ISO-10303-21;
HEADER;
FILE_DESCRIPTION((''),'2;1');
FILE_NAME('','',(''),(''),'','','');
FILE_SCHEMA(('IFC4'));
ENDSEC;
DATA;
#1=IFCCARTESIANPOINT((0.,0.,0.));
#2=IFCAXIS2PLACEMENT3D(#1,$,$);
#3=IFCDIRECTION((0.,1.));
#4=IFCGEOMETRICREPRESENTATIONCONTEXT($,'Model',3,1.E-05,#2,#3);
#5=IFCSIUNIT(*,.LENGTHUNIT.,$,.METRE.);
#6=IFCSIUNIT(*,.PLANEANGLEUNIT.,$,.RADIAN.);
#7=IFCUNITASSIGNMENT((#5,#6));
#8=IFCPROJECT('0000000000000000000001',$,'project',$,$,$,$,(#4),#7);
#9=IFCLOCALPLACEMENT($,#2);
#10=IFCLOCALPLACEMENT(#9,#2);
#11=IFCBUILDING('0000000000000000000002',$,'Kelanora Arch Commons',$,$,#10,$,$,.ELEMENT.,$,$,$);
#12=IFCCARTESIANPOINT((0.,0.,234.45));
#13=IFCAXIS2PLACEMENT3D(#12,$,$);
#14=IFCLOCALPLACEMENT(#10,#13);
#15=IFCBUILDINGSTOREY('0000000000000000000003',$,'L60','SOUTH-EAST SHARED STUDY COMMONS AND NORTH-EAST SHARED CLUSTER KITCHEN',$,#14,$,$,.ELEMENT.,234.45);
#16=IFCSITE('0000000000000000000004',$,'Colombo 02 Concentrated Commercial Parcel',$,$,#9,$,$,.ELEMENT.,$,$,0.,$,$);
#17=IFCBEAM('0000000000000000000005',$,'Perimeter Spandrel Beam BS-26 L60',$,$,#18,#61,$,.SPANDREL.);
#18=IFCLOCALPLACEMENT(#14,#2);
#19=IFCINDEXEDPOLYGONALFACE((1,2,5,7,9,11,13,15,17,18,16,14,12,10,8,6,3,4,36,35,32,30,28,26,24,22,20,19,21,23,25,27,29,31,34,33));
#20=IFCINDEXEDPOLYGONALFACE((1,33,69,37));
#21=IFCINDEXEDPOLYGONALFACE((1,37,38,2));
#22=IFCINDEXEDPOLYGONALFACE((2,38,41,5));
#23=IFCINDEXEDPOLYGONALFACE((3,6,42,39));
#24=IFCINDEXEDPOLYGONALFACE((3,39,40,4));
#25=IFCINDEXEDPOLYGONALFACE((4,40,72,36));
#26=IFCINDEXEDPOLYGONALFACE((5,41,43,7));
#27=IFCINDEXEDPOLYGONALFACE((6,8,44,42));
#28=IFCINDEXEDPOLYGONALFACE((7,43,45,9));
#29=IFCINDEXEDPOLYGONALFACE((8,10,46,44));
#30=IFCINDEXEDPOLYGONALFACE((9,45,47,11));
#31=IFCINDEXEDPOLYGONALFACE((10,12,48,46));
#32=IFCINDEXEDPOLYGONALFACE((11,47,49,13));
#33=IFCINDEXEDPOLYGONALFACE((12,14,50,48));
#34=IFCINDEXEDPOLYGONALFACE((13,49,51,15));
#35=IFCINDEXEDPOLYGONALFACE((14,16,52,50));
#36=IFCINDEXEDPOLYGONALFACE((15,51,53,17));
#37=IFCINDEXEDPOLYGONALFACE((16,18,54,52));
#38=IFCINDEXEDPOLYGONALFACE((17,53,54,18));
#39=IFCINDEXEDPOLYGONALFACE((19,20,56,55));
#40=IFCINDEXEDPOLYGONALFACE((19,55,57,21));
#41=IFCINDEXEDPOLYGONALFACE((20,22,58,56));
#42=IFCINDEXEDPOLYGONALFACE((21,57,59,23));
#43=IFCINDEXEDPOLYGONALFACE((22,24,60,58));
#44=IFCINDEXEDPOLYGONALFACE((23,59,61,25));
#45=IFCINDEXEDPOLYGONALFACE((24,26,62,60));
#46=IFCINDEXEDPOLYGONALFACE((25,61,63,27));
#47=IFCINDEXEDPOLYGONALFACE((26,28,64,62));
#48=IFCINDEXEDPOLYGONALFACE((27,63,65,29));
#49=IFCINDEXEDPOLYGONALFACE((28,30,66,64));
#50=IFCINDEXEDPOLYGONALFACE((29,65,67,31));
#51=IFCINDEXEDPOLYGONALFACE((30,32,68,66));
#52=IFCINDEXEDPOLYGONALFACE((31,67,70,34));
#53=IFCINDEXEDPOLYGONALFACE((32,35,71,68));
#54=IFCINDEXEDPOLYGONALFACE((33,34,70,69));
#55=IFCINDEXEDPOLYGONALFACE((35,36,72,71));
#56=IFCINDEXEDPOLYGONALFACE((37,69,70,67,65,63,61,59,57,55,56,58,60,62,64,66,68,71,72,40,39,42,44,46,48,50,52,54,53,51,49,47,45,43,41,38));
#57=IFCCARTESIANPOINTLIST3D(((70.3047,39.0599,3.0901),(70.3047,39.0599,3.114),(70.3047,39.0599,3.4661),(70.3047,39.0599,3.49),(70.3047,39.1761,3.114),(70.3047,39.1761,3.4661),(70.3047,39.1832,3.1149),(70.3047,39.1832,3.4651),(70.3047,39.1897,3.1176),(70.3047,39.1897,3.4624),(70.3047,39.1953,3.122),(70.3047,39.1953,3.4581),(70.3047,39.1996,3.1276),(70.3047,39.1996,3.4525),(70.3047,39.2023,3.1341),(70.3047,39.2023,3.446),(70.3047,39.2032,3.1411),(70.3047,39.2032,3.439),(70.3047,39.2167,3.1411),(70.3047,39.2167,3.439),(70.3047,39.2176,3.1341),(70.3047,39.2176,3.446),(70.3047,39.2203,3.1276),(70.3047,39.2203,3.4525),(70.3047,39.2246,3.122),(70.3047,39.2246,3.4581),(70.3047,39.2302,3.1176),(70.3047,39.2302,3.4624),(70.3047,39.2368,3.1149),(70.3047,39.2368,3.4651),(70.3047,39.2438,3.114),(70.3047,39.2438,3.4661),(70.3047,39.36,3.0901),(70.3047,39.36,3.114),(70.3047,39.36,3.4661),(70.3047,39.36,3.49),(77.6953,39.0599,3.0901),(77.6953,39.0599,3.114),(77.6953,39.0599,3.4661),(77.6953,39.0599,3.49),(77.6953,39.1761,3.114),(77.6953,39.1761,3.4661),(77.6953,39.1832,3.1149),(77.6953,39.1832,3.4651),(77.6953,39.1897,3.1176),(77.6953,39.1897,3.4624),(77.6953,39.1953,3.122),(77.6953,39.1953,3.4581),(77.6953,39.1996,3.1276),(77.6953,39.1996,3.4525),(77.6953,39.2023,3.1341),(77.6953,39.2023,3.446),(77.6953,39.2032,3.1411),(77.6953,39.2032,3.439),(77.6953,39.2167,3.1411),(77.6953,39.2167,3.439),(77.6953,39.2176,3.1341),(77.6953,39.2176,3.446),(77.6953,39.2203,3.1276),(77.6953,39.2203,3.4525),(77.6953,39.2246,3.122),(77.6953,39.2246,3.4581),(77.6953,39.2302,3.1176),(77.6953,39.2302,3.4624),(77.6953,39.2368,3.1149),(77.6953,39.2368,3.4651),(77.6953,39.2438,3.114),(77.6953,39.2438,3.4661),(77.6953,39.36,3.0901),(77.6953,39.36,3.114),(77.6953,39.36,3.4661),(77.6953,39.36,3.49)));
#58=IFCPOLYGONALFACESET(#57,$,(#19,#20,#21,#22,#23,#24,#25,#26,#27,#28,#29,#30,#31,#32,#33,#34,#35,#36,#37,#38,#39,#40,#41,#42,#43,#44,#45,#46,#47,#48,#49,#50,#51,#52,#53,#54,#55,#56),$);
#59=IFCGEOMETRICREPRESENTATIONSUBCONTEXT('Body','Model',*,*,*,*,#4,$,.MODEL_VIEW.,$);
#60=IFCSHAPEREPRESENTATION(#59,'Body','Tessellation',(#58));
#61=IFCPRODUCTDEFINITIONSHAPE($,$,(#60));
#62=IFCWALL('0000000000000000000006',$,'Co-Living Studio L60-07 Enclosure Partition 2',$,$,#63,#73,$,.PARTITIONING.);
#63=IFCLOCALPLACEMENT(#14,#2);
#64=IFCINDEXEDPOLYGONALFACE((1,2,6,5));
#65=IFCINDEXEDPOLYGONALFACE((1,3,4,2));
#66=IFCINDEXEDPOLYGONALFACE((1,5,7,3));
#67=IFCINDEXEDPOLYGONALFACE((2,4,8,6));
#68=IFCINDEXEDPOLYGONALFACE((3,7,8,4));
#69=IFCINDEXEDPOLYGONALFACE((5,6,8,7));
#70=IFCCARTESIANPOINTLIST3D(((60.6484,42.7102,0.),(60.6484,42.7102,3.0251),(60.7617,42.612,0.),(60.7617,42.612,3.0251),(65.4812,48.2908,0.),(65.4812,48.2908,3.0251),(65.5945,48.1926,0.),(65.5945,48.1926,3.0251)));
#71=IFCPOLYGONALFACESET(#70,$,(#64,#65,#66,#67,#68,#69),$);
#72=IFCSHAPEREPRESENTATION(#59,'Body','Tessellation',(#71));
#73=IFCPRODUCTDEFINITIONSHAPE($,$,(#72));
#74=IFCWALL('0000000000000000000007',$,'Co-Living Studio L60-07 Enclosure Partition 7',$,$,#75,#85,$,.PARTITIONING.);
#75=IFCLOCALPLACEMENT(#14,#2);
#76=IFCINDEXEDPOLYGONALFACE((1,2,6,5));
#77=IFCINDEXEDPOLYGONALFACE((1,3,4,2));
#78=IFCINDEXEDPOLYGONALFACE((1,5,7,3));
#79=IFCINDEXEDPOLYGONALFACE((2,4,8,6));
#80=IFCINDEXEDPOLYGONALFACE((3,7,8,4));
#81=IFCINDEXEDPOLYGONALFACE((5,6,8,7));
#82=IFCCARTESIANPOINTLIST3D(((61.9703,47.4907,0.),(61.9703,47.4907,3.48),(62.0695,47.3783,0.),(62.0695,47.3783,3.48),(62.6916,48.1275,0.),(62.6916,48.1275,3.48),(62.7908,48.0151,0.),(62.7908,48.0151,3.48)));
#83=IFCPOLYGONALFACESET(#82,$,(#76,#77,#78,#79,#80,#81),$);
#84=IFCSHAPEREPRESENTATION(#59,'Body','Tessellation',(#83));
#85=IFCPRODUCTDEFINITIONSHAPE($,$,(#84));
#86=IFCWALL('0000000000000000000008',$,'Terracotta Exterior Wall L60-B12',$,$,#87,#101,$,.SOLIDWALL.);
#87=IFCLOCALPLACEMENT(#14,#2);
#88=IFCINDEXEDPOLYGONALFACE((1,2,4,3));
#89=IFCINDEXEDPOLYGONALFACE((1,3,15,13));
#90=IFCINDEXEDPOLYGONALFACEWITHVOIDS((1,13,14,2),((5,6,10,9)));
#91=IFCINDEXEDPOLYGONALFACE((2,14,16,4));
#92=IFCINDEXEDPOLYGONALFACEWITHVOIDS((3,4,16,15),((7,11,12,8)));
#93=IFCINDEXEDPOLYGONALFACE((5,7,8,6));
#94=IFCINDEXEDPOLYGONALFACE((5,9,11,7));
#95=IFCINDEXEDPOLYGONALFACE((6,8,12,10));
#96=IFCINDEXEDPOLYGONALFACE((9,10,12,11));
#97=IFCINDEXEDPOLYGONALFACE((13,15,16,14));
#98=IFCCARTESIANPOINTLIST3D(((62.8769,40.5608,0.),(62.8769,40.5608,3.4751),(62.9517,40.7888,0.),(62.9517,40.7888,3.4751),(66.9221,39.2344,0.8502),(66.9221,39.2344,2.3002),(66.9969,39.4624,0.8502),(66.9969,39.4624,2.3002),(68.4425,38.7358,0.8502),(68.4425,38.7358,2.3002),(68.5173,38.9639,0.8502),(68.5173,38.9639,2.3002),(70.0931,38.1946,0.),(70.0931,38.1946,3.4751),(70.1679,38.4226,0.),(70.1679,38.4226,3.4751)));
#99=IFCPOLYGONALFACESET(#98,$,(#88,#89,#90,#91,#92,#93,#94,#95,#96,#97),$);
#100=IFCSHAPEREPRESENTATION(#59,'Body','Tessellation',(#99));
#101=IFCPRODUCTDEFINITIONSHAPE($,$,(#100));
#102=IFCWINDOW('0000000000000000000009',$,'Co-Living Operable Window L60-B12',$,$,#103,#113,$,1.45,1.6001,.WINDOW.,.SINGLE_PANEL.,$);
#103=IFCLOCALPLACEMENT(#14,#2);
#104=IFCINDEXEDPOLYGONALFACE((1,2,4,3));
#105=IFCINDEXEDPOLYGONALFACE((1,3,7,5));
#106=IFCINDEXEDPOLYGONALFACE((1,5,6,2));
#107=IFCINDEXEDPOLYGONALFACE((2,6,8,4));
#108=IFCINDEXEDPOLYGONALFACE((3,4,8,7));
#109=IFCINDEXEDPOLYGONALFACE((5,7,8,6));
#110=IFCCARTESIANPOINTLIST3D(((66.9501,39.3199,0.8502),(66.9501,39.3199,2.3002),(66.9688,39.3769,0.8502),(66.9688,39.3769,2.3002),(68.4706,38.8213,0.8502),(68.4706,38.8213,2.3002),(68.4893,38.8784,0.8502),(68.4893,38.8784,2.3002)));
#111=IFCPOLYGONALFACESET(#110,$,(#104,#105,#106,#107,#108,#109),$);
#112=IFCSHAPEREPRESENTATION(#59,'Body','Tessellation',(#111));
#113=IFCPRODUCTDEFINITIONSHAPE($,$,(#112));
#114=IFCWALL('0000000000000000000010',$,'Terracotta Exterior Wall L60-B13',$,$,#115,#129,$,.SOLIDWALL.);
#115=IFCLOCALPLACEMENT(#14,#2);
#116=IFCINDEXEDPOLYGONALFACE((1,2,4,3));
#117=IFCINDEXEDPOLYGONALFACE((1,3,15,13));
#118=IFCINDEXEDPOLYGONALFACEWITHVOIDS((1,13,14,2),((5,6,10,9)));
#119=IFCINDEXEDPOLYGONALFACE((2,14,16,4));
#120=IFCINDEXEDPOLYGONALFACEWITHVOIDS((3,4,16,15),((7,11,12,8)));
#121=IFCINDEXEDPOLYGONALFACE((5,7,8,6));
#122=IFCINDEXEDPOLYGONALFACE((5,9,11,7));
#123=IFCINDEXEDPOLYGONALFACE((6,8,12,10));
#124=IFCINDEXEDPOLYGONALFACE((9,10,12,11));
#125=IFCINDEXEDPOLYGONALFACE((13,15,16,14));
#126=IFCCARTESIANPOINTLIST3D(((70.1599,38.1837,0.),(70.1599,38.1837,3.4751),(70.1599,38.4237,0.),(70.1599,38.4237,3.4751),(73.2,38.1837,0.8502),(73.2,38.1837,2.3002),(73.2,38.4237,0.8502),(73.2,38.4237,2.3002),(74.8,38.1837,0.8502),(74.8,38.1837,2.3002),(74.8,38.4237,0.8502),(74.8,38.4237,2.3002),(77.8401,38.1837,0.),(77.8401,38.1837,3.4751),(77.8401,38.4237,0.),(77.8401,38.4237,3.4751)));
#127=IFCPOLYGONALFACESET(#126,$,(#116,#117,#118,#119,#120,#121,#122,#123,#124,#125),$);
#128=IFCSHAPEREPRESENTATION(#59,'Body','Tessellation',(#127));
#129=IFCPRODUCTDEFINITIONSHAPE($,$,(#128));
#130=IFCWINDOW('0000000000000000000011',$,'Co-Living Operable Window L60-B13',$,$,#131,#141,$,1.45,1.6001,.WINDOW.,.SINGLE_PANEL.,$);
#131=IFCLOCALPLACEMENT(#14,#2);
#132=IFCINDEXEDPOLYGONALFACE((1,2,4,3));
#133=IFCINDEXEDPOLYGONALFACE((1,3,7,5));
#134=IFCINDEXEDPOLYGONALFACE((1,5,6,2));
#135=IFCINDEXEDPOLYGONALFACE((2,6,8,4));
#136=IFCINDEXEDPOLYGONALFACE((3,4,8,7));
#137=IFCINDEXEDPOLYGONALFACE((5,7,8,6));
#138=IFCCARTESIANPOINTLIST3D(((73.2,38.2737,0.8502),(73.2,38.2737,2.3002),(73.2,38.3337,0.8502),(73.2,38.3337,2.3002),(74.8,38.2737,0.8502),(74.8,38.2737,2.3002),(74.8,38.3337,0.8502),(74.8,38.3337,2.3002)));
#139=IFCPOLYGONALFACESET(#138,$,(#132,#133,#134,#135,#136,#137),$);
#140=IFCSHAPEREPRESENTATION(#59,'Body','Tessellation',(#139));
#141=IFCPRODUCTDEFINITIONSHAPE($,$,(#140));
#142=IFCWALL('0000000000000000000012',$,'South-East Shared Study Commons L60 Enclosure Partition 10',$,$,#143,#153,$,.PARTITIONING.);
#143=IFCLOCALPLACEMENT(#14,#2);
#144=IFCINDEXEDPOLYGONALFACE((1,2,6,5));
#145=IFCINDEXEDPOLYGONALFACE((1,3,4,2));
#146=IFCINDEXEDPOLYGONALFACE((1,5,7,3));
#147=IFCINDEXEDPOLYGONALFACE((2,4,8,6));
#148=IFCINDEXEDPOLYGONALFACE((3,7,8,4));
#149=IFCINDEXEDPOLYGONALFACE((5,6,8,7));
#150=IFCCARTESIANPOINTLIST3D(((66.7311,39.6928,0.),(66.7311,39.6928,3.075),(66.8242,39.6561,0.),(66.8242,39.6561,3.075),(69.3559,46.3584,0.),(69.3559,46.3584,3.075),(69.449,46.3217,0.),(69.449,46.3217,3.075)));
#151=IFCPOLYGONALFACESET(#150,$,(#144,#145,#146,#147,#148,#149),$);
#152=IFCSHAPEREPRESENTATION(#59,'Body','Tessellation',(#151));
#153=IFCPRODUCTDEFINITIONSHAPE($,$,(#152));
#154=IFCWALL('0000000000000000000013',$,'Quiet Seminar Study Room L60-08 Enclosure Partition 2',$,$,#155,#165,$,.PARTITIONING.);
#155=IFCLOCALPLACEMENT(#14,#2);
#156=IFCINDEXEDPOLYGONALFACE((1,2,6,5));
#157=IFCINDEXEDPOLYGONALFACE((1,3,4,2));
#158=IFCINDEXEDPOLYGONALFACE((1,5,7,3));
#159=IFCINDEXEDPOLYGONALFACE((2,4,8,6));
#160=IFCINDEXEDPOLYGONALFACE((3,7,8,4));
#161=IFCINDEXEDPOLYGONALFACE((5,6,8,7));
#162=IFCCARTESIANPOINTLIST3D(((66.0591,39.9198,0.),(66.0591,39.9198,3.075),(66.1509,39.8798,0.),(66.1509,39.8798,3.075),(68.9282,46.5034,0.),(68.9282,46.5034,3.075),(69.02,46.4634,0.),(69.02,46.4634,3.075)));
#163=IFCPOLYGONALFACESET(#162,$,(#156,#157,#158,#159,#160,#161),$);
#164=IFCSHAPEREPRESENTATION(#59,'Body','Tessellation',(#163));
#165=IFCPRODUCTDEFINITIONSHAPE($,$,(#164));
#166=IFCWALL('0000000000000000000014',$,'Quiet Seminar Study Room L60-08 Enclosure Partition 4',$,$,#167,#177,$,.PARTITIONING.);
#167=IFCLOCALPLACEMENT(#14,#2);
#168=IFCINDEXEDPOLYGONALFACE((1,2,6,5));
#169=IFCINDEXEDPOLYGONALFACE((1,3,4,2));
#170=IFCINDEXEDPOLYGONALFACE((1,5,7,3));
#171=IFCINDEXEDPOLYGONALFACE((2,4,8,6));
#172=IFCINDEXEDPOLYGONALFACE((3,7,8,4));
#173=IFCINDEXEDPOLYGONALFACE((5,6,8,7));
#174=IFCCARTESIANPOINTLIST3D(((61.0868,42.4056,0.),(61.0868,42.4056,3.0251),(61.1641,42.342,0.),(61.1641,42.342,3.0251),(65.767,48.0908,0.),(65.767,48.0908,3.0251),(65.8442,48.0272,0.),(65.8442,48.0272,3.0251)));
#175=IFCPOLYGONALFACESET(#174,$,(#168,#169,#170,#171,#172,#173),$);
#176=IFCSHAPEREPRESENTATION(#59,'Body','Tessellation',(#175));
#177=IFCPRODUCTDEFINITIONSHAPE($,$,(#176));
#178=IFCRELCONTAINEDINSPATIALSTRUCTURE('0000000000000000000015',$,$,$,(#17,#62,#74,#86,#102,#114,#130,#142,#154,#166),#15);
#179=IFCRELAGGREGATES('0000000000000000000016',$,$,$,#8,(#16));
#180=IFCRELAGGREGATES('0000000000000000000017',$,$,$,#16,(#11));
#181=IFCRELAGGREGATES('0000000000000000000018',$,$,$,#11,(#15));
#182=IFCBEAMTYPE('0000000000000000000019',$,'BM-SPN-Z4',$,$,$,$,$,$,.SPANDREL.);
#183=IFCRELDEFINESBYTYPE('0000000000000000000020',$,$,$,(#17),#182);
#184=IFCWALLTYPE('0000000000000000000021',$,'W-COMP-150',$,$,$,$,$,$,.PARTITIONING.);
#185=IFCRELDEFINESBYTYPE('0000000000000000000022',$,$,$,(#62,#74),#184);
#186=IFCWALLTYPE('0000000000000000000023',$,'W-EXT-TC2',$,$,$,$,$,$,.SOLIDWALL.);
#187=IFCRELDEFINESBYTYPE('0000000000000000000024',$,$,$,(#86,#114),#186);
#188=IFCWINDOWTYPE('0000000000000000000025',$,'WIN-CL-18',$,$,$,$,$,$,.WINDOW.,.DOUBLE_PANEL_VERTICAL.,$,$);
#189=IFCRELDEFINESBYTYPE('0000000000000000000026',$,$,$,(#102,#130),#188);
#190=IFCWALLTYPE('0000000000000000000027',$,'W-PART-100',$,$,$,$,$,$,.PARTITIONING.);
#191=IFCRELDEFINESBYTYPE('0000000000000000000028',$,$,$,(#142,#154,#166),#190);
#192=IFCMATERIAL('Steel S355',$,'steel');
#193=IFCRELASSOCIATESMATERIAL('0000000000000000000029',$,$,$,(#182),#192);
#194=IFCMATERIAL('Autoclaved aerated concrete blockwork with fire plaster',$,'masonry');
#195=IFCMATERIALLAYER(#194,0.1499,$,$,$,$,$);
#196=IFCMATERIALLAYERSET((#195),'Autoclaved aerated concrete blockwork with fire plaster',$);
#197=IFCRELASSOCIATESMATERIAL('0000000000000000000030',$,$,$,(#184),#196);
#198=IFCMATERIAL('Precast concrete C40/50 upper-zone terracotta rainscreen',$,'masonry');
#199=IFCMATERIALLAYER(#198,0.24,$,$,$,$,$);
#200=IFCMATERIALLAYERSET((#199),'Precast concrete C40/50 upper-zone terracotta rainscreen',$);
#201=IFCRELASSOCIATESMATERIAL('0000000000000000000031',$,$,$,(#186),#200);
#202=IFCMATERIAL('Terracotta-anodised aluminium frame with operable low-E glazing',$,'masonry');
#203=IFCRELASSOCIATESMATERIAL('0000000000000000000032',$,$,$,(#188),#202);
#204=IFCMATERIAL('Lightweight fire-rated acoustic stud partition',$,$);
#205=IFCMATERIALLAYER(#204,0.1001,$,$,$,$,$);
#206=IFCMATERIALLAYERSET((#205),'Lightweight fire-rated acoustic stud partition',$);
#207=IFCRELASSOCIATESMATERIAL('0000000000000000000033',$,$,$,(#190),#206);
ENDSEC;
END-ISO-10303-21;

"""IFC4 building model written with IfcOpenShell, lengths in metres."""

from ifc_helpers import new_model, si_unit, direction, frame, frame_2d, origin, origin_2d, place, context, subcontext, project, spatial, rectangle, i_section, extrude, material, layer, layer_set, material_profile, profile_set, type_object, element, fill, save


model = new_model("IFC4")

# Units and contexts
model_context = context("Model", 3, precision=1e-05, world=origin(), true_north=direction((0.0, 1.0)))
body_context = subcontext(model_context, "Body", "Model", "MODEL_VIEW")
ifc_project = project(units=[si_unit("LENGTHUNIT", "METRE"), si_unit("PLANEANGLEUNIT", "RADIAN")], contexts=[model_context])

# Site, building, storey
site_placement = place(None, origin())
site = spatial("IfcSite", under=ifc_project, at=site_placement, Name="Colombo 02 Concentrated Commercial Parcel", CompositionType="ELEMENT", RefElevation=0.0)
building_placement = place(site_placement, origin())
building = spatial("IfcBuilding", under=site, at=building_placement, Name="Kelanora Arch Commons", CompositionType="ELEMENT")
storey_placement = place(building_placement, frame((0.0, 0.0, 234.45)))
storey = spatial("IfcBuildingStorey", under=building, at=storey_placement, Name="L60", Description="SOUTH-EAST SHARED STUDY COMMONS AND NORTH-EAST SHARED CLUSTER KITCHEN", CompositionType="ELEMENT", Elevation=234.45)

# Beam
ifc_material_1 = material(Name="Steel S355", Category="steel")
ifc_material_profile_1 = material_profile(ifc_material_1, i_section(OverallWidth=0.3, OverallDepth=0.3999, WebThickness=0.0134, FlangeThickness=0.0239, FilletRadius=0.0271, at=origin_2d()), Name="HEB400")
ifc_profile_set_1 = profile_set([ifc_material_profile_1], Name="Steel S355")
beam_type_1 = type_object("IfcBeamType", Name="BM-SPN-Z4", PredefinedType="SPANDREL", material=ifc_profile_set_1)
beam_1_placement = place(storey_placement, frame((70.3047, 39.21, 3.29), z_axis=(1.0, 0.0, 0.0), x_axis=(0.0, 1.0, 0.0)))
element("IfcBeam", 1, at=beam_1_placement, inside=storey, type_object=beam_type_1, Name="Perimeter Spandrel Beam BS-26 L60", PredefinedType="SPANDREL", context=body_context, shape_type="SweptSolid", body=[
    extrude(i_section(OverallWidth=0.3, OverallDepth=0.3999, WebThickness=0.0134, FlangeThickness=0.0239, FilletRadius=0.0271, at=origin_2d()), origin(), (0.0, 0.0, 1.0), 7.3906),
])

# Walls
ifc_material_2 = material(Name="Autoclaved aerated concrete blockwork with fire plaster", Category="masonry")
ifc_layer_1 = layer(ifc_material_2, 0.1499)
ifc_layer_set_1 = layer_set([ifc_layer_1], Name="Autoclaved aerated concrete blockwork with fire plaster")
wall_type_1 = type_object("IfcWallType", Name="W-COMP-150", PredefinedType="PARTITIONING", material=ifc_layer_set_1)
wall_1_placement = place(storey_placement, frame((65.5378, 48.2417, 0.0), z_axis=(0.0, 0.0, 1.0), x_axis=(-0.654642, -0.755939, 0.0)))
element("IfcWall", 2, at=wall_1_placement, inside=storey, type_object=wall_type_1, Name="Co-Living Studio L60-07 Enclosure Partition 2", PredefinedType="PARTITIONING", context=body_context, shape_type="SweptSolid", body=[
    extrude(rectangle(XDim=7.3823, YDim=0.1499, at=frame_2d((3.6912, 0.0))), origin(), (0.0, 0.0, 1.0), 3.0251),
])
wall_2_placement = place(storey_placement, frame((62.02, 47.4346, 0.0), z_axis=(0.0, 0.0, 1.0), x_axis=(0.749645, 0.66184, 0.0)))
element("IfcWall", 3, at=wall_2_placement, inside=storey, type_object=wall_type_1, Name="Co-Living Studio L60-07 Enclosure Partition 7", PredefinedType="PARTITIONING", context=body_context, shape_type="SweptSolid", body=[
    extrude(rectangle(XDim=0.9622, YDim=0.1499, at=frame_2d((0.481, 0.0))), origin(), (0.0, 0.0, 1.0), 3.48),
])

# Walls, openings, windows
ifc_material_3 = material(Name="Precast concrete C40/50 upper-zone terracotta rainscreen", Category="masonry")
ifc_layer_2 = layer(ifc_material_3, 0.24)
ifc_layer_set_2 = layer_set([ifc_layer_2], Name="Precast concrete C40/50 upper-zone terracotta rainscreen")
wall_type_2 = type_object("IfcWallType", Name="W-EXT-TC2", PredefinedType="SOLIDWALL", material=ifc_layer_set_2)
wall_3_placement = place(storey_placement, frame((62.9143, 40.6748, 0.0), z_axis=(0.0, 0.0, 1.0), x_axis=(0.950221, -0.311575, 0.0)))
wall_3 = element("IfcWall", 4, at=wall_3_placement, inside=storey, type_object=wall_type_2, Name="Terracotta Exterior Wall L60-B12", PredefinedType="SOLIDWALL", context=body_context, shape_type="SweptSolid", body=[
    extrude(rectangle(XDim=7.5942, YDim=0.24, at=frame_2d((3.7971, 0.0))), origin(), (0.0, 0.0, 1.0), 3.4751),
])
opening_1_placement = place(wall_3_placement, frame((4.2571, 0.0, 0.8501)))
opening_1 = element("IfcOpeningElement", 5, at=opening_1_placement, cuts=wall_3, PredefinedType="OPENING", context=body_context, shape_type="SweptSolid", body=[
    extrude(rectangle(XDim=1.6001, YDim=1.45, at=frame_2d((0.8, 0.7251))), frame((0.0, 0.1299, 0.0), z_axis=(0.0, -1.0, 0.0), x_axis=(1.0, 0.0, 0.0)), (0.0, 0.0, 1.0), 0.26),
])
ifc_material_4 = material(Name="Terracotta-anodised aluminium frame with operable low-E glazing", Category="masonry")
window_type = type_object("IfcWindowType", Name="WIN-CL-18", PartitioningType="DOUBLE_PANEL_VERTICAL", PredefinedType="WINDOW", material=ifc_material_4)
window_1_placement = place(opening_1_placement, origin())
window_1 = element("IfcWindow", 6, at=window_1_placement, inside=storey, type_object=window_type, Name="Co-Living Operable Window L60-B12", OverallHeight=1.45, OverallWidth=1.6001, PartitioningType="SINGLE_PANEL", PredefinedType="WINDOW", context=body_context, shape_type="SweptSolid", body=[
    extrude(rectangle(XDim=1.6001, YDim=1.45, at=frame_2d((0.8, 0.7251))), frame((0.0, 0.03, 0.0), z_axis=(0.0, -1.0, 0.0), x_axis=(1.0, 0.0, 0.0)), (0.0, 0.0, 1.0), 0.0601),
])
fill(opening_1, window_1)
wall_4_placement = place(storey_placement, frame((70.1599, 38.3037, 0.0), z_axis=(0.0, 0.0, 1.0), x_axis=(1.0, 0.0, 0.0)))
wall_4 = element("IfcWall", 7, at=wall_4_placement, inside=storey, type_object=wall_type_2, Name="Terracotta Exterior Wall L60-B13", PredefinedType="SOLIDWALL", context=body_context, shape_type="SweptSolid", body=[
    extrude(rectangle(XDim=7.6802, YDim=0.24, at=frame_2d((3.8401, 0.0))), origin(), (0.0, 0.0, 1.0), 3.4751),
])
opening_2_placement = place(wall_4_placement, frame((3.04, 0.0, 0.8501)))
opening_2 = element("IfcOpeningElement", 8, at=opening_2_placement, cuts=wall_4, PredefinedType="OPENING", context=body_context, shape_type="SweptSolid", body=[
    extrude(rectangle(XDim=1.6001, YDim=1.45, at=frame_2d((0.8, 0.7251))), frame((0.0, 0.1299, 0.0), z_axis=(0.0, -1.0, 0.0), x_axis=(1.0, 0.0, 0.0)), (0.0, 0.0, 1.0), 0.26),
])
window_2_placement = place(opening_2_placement, origin())
window_2 = element("IfcWindow", 9, at=window_2_placement, inside=storey, type_object=window_type, Name="Co-Living Operable Window L60-B13", OverallHeight=1.45, OverallWidth=1.6001, PartitioningType="SINGLE_PANEL", PredefinedType="WINDOW", context=body_context, shape_type="SweptSolid", body=[
    extrude(rectangle(XDim=1.6001, YDim=1.45, at=frame_2d((0.8, 0.7251))), frame((0.0, 0.03, 0.0), z_axis=(0.0, -1.0, 0.0), x_axis=(1.0, 0.0, 0.0)), (0.0, 0.0, 1.0), 0.0601),
])
fill(opening_2, window_2)

# Walls
ifc_material_5 = material(Name="Lightweight fire-rated acoustic stud partition")
ifc_layer_3 = layer(ifc_material_5, 0.1001)
ifc_layer_set_3 = layer_set([ifc_layer_3], Name="Lightweight fire-rated acoustic stud partition")
wall_type_3 = type_object("IfcWallType", Name="W-PART-100", PredefinedType="PARTITIONING", material=ifc_layer_set_3)
wall_5_placement = place(storey_placement, frame((66.7776, 39.6743, 0.0), z_axis=(0.0, 0.0, 1.0), x_axis=(0.366397, 0.930459, 0.0)))
element("IfcWall", 10, at=wall_5_placement, inside=storey, type_object=wall_type_3, Name="South-East Shared Study Commons L60 Enclosure Partition 10", PredefinedType="PARTITIONING", context=body_context, shape_type="SweptSolid", body=[
    extrude(rectangle(XDim=7.1638, YDim=0.1001, at=frame_2d((3.582, 0.0))), origin(), (0.0, 0.0, 1.0), 3.075),
])
wall_6_placement = place(storey_placement, frame((68.9741, 46.4834, 0.0), z_axis=(0.0, 0.0, 1.0), x_axis=(-0.399504, -0.916731, 0.0)))
element("IfcWall", 11, at=wall_6_placement, inside=storey, type_object=wall_type_3, Name="Quiet Seminar Study Room L60-08 Enclosure Partition 2", PredefinedType="PARTITIONING", context=body_context, shape_type="SweptSolid", body=[
    extrude(rectangle(XDim=7.1816, YDim=0.1001, at=frame_2d((3.5908, 0.0))), origin(), (0.0, 0.0, 1.0), 3.075),
])
wall_7_placement = place(storey_placement, frame((61.1255, 42.3738, 0.0), z_axis=(0.0, 0.0, 1.0), x_axis=(0.635558, 0.772053, 0.0)))
element("IfcWall", 12, at=wall_7_placement, inside=storey, type_object=wall_type_3, Name="Quiet Seminar Study Room L60-08 Enclosure Partition 4", PredefinedType="PARTITIONING", context=body_context, shape_type="SweptSolid", body=[
    extrude(rectangle(XDim=7.3638, YDim=0.1001, at=frame_2d((3.6819, 0.0))), origin(), (0.0, 0.0, 1.0), 3.0251),
])

save(model, "model.ifc")
